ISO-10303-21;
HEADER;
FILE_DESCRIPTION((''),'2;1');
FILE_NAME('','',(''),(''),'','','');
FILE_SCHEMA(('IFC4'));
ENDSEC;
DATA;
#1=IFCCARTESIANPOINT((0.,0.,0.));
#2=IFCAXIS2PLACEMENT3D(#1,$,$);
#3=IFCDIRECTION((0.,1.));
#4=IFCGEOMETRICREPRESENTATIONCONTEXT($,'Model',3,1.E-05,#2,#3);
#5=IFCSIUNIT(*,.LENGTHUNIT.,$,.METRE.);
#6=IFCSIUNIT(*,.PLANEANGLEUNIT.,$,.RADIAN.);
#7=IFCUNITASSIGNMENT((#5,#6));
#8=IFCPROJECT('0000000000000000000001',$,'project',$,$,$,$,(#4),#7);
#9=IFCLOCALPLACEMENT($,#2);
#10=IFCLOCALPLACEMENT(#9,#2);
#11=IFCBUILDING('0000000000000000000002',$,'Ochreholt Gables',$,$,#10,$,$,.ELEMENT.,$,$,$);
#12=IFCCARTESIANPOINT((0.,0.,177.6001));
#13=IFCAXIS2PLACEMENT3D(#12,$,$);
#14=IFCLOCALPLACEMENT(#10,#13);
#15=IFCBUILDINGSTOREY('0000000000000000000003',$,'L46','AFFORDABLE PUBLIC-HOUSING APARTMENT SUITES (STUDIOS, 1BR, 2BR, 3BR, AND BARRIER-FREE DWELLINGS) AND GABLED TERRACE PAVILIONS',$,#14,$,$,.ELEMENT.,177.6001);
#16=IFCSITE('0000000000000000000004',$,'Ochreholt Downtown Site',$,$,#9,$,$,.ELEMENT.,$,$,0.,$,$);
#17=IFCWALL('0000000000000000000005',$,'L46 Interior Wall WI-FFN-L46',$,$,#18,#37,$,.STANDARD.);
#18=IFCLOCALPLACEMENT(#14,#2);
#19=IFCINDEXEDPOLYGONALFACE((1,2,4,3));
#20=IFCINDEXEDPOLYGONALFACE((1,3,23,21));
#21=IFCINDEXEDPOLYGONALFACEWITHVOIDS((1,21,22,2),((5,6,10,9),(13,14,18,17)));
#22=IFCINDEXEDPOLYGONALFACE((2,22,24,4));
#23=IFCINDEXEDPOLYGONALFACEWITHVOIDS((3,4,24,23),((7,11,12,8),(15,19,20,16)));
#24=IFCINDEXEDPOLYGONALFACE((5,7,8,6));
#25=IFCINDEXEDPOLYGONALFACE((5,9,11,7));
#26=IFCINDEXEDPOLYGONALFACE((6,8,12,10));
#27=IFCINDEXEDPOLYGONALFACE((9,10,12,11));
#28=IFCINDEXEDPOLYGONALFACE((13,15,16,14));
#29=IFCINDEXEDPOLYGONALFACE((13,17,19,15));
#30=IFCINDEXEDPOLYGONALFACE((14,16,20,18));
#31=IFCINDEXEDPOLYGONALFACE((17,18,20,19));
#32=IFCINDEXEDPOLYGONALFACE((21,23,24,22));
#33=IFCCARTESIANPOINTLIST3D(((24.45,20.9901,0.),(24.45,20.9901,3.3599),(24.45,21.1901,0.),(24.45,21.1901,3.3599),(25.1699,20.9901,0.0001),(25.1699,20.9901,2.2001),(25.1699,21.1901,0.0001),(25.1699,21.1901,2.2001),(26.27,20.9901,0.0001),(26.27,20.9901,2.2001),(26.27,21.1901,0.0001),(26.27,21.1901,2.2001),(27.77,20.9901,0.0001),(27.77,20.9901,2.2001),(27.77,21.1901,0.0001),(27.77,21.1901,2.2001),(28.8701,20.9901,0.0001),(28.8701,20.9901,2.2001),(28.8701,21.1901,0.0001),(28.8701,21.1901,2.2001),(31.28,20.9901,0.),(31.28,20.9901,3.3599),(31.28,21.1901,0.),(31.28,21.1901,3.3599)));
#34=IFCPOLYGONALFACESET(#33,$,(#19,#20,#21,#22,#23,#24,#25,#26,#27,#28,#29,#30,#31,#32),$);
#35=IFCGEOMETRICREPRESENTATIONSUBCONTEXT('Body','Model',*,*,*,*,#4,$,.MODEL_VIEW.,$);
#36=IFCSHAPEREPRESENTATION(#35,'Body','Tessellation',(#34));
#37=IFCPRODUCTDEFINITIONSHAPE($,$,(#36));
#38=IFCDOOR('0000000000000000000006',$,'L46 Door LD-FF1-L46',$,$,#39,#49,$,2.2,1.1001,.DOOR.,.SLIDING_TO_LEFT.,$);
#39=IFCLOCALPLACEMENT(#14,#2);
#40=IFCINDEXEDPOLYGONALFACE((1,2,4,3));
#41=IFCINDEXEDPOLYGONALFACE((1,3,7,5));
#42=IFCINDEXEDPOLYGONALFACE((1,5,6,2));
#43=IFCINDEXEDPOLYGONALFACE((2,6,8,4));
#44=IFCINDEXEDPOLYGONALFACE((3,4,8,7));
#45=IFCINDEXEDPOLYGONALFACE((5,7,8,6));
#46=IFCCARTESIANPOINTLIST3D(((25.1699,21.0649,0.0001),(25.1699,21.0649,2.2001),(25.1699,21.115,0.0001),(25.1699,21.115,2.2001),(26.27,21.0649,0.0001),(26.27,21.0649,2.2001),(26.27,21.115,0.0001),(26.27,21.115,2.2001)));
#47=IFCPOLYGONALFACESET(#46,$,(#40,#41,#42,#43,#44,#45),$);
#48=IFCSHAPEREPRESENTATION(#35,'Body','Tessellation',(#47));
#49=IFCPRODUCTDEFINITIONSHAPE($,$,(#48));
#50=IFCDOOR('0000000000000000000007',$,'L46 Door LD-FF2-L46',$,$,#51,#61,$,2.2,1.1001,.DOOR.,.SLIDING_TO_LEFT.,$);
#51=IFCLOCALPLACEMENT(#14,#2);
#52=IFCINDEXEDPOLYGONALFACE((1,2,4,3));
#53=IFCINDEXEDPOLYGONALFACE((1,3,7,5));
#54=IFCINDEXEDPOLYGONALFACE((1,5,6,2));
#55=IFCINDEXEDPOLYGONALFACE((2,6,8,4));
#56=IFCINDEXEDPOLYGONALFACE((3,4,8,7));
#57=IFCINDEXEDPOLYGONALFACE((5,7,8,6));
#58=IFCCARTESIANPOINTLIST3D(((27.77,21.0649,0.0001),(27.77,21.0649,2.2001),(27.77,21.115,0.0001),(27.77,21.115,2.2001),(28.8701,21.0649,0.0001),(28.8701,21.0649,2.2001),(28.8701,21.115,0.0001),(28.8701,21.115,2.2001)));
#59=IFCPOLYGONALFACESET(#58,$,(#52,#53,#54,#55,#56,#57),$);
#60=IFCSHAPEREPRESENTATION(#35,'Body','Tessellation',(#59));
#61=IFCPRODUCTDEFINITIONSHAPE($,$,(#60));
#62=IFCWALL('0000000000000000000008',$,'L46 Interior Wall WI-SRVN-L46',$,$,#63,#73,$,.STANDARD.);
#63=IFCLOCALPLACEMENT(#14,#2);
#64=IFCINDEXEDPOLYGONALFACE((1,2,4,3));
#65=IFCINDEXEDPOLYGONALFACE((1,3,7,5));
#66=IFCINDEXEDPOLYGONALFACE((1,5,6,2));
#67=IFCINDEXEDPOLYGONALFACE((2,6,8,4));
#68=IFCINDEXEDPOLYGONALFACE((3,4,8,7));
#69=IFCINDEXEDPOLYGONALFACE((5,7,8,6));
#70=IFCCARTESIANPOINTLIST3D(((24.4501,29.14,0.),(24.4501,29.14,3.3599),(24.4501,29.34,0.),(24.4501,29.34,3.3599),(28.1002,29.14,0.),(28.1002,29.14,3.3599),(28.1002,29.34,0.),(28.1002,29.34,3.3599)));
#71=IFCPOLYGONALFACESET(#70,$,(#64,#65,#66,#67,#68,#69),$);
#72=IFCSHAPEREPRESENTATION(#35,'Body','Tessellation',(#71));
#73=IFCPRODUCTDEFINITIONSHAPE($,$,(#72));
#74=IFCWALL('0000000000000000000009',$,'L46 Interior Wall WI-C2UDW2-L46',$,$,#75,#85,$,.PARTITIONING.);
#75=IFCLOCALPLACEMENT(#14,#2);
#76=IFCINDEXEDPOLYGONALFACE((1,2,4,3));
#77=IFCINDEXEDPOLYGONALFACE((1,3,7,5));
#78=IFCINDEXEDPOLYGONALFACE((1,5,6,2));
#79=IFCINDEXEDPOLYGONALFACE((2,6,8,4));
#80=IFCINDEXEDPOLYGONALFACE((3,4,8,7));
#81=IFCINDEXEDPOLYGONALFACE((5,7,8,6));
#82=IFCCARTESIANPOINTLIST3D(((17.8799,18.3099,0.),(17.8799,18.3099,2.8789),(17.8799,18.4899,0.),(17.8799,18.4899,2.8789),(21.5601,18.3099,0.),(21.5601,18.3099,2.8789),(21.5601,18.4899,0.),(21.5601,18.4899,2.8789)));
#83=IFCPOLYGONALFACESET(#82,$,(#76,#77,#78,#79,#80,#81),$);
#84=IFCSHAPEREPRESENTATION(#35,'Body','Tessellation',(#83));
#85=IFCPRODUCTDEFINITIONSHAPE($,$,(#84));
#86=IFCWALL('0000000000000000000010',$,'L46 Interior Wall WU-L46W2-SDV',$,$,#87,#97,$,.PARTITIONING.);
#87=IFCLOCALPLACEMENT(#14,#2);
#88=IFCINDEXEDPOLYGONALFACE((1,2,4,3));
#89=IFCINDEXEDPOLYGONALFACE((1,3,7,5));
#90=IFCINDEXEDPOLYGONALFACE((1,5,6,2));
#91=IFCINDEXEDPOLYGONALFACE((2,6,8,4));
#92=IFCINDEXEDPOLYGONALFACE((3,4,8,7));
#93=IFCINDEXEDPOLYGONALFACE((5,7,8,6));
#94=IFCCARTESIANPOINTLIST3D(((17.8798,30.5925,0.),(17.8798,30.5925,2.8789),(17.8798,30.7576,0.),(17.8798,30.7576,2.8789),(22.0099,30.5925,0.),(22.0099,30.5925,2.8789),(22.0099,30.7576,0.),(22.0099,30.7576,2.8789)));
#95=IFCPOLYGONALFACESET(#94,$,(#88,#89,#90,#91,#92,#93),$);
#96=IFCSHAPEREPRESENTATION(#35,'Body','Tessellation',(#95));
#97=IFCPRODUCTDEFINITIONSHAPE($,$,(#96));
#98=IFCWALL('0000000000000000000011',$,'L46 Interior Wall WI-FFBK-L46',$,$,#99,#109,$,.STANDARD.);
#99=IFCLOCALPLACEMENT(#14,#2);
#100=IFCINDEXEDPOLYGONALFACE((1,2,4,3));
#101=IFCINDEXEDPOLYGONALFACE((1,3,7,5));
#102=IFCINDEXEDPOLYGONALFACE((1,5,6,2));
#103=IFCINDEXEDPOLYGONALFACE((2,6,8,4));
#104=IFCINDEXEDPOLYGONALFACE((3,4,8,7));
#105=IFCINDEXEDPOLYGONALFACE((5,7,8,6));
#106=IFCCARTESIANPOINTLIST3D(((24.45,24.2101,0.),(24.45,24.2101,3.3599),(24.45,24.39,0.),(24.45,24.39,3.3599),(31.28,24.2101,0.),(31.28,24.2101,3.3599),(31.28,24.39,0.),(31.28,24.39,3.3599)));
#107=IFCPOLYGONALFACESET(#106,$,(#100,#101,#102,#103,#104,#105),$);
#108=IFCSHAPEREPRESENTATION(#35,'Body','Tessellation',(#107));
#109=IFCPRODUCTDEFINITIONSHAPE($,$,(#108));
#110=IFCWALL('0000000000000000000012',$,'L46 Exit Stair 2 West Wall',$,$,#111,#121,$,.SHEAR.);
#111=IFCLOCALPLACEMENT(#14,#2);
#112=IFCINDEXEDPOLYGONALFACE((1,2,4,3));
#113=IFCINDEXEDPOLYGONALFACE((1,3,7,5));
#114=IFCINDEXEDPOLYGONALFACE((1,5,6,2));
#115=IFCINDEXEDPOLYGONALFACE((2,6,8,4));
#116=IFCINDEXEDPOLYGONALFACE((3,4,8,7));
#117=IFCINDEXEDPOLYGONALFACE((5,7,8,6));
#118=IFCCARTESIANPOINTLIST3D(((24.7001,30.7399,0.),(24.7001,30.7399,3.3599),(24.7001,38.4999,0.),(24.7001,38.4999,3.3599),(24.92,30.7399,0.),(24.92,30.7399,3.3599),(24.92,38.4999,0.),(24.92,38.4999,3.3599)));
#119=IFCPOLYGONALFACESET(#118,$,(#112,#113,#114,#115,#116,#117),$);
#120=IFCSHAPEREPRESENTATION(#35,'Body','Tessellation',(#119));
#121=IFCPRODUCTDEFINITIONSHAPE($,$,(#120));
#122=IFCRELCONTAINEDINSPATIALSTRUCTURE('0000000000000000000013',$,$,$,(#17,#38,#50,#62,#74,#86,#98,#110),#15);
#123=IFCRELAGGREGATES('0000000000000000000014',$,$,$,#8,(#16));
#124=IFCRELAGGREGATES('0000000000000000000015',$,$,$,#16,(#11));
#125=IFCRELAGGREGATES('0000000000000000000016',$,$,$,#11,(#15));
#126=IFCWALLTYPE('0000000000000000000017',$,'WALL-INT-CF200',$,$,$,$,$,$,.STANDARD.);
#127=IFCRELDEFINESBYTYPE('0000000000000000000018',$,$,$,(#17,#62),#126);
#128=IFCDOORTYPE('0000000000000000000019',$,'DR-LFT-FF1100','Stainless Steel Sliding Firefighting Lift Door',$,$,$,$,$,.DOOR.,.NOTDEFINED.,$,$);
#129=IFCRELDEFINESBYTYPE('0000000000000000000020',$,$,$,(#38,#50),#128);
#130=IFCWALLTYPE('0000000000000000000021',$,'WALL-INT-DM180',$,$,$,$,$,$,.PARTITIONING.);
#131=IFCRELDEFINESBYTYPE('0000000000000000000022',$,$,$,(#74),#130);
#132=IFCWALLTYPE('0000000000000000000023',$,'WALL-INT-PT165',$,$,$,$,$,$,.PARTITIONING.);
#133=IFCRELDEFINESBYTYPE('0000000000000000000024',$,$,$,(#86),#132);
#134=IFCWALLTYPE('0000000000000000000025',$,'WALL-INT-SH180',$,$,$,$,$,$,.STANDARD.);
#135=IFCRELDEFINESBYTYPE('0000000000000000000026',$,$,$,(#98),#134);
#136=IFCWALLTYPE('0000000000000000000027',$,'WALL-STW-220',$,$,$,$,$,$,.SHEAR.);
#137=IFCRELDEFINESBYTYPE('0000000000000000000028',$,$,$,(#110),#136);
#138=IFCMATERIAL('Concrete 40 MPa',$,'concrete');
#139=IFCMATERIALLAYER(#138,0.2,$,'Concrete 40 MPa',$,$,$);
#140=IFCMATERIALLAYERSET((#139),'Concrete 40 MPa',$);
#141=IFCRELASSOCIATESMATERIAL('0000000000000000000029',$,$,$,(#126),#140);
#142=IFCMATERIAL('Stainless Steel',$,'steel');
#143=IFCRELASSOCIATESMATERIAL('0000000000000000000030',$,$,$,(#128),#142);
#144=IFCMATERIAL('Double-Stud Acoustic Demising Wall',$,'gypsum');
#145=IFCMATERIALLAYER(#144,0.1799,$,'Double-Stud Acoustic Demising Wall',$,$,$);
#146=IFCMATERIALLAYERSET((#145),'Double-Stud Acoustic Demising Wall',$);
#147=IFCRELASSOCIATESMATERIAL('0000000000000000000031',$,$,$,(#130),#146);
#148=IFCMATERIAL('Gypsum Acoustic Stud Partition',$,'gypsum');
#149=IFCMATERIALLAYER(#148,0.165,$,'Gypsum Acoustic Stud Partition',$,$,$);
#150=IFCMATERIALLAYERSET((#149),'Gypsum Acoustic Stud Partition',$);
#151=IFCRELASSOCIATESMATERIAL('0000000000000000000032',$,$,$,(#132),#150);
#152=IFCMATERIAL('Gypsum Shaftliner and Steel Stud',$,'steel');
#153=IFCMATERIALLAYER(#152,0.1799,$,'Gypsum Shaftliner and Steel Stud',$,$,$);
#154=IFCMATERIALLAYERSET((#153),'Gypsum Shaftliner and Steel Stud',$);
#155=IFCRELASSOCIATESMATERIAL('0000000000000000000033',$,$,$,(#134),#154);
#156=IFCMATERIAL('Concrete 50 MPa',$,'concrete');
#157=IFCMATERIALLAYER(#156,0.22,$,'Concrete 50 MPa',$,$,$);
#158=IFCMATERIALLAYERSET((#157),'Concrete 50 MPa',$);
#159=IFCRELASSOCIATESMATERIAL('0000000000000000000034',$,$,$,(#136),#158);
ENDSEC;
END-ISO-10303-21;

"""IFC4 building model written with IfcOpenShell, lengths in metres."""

from ifc_helpers import new_model, si_unit, direction, frame, frame_2d, origin, place, context, subcontext, project, spatial, rectangle, extrude, material, layer, layer_set, type_object, element, fill, save


model = new_model("IFC4")

# Units and contexts
model_context = context("Model", 3, precision=1e-05, world=origin(), true_north=direction((0.0, 1.0)))
body_context = subcontext(model_context, "Body", "Model", "MODEL_VIEW")
ifc_project = project(units=[si_unit("LENGTHUNIT", "METRE"), si_unit("PLANEANGLEUNIT", "RADIAN")], contexts=[model_context])

# Site, building, storey
site_placement = place(None, origin())
site = spatial("IfcSite", under=ifc_project, at=site_placement, Name="Ochreholt Downtown Site", CompositionType="ELEMENT", RefElevation=0.0)
building_placement = place(site_placement, origin())
building = spatial("IfcBuilding", under=site, at=building_placement, Name="Ochreholt Gables", CompositionType="ELEMENT")
storey_placement = place(building_placement, frame((0.0, 0.0, 177.6001)))
storey = spatial("IfcBuildingStorey", under=building, at=storey_placement, Name="L46", Description="AFFORDABLE PUBLIC-HOUSING APARTMENT SUITES (STUDIOS, 1BR, 2BR, 3BR, AND BARRIER-FREE DWELLINGS) AND GABLED TERRACE PAVILIONS", CompositionType="ELEMENT", Elevation=177.6001)

# Shared definitions
ifc_material_1 = material(Name="Concrete 50 MPa", Category="concrete")

# Wall, openings, doors
ifc_material_2 = material(Name="Concrete 40 MPa", Category="concrete")
ifc_layer_1 = layer(ifc_material_2, 0.2, Name="Concrete 40 MPa")
ifc_layer_set_1 = layer_set([ifc_layer_1], Name="Concrete 40 MPa")
wall_type_1 = type_object("IfcWallType", Name="WALL-INT-CF200", PredefinedType="STANDARD", material=ifc_layer_set_1)
wall_1_placement = place(storey_placement, frame((24.45, 21.0901, 0.0), z_axis=(0.0, 0.0, 1.0), x_axis=(1.0, 0.0, 0.0)))
wall_1 = element("IfcWall", 1, at=wall_1_placement, inside=storey, type_object=wall_type_1, Name="L46 Interior Wall WI-FFN-L46", PredefinedType="STANDARD", context=body_context, shape_type="SweptSolid", body=[
    extrude(rectangle(XDim=6.8301, YDim=0.2, at=frame_2d((3.415, 0.0))), origin(), (0.0, 0.0, 1.0), 3.3599),
])
opening_1_placement = place(wall_1_placement, frame((0.72, 0.0, 0.0)))
opening_1 = element("IfcOpeningElement", 2, at=opening_1_placement, cuts=wall_1, PredefinedType="OPENING", context=body_context, shape_type="SweptSolid", body=[
    extrude(rectangle(XDim=1.1001, YDim=2.2, at=frame_2d((0.55, 1.1001))), frame((0.0, 0.1099, 0.0), z_axis=(0.0, -1.0, 0.0), x_axis=(1.0, 0.0, 0.0)), (0.0, 0.0, 1.0), 0.22),
])
opening_2_placement = place(wall_1_placement, frame((3.3201, 0.0, 0.0)))
opening_2 = element("IfcOpeningElement", 3, at=opening_2_placement, cuts=wall_1, PredefinedType="OPENING", context=body_context, shape_type="SweptSolid", body=[
    extrude(rectangle(XDim=1.1001, YDim=2.2, at=frame_2d((0.55, 1.1001))), frame((0.0, 0.1099, 0.0), z_axis=(0.0, -1.0, 0.0), x_axis=(1.0, 0.0, 0.0)), (0.0, 0.0, 1.0), 0.22),
])
ifc_material_3 = material(Name="Stainless Steel", Category="steel")
door_type = type_object("IfcDoorType", Name="DR-LFT-FF1100", Description="Stainless Steel Sliding Firefighting Lift Door", OperationType="NOTDEFINED", PredefinedType="DOOR", material=ifc_material_3)
door_1_placement = place(opening_1_placement, origin())
door_1 = element("IfcDoor", 4, at=door_1_placement, inside=storey, type_object=door_type, Name="L46 Door LD-FF1-L46", OperationType="SLIDING_TO_LEFT", OverallHeight=2.2, OverallWidth=1.1001, PredefinedType="DOOR", context=body_context, shape_type="SweptSolid", body=[
    extrude(rectangle(XDim=1.1001, YDim=2.2, at=frame_2d((0.55, 1.1001))), frame((0.0, 0.0249, 0.0), z_axis=(0.0, -1.0, 0.0), x_axis=(1.0, 0.0, 0.0)), (0.0, 0.0, 1.0), 0.05),
])
fill(opening_1, door_1)
door_2_placement = place(opening_2_placement, origin())
door_2 = element("IfcDoor", 5, at=door_2_placement, inside=storey, type_object=door_type, Name="L46 Door LD-FF2-L46", OperationType="SLIDING_TO_LEFT", OverallHeight=2.2, OverallWidth=1.1001, PredefinedType="DOOR", context=body_context, shape_type="SweptSolid", body=[
    extrude(rectangle(XDim=1.1001, YDim=2.2, at=frame_2d((0.55, 1.1001))), frame((0.0, 0.0249, 0.0), z_axis=(0.0, -1.0, 0.0), x_axis=(1.0, 0.0, 0.0)), (0.0, 0.0, 1.0), 0.05),
])
fill(opening_2, door_2)

# Walls
wall_2_placement = place(storey_placement, frame((24.45, 29.24, 0.0), z_axis=(0.0, 0.0, 1.0), x_axis=(1.0, 0.0, 0.0)))
element("IfcWall", 6, at=wall_2_placement, inside=storey, type_object=wall_type_1, Name="L46 Interior Wall WI-SRVN-L46", PredefinedType="STANDARD", context=body_context, shape_type="SweptSolid", body=[
    extrude(rectangle(XDim=3.6501, YDim=0.2, at=frame_2d((1.8252, 0.0))), origin(), (0.0, 0.0, 1.0), 3.3599),
])
ifc_material_4 = material(Name="Double-Stud Acoustic Demising Wall", Category="gypsum")
ifc_layer_2 = layer(ifc_material_4, 0.1799, Name="Double-Stud Acoustic Demising Wall")
ifc_layer_set_2 = layer_set([ifc_layer_2], Name="Double-Stud Acoustic Demising Wall")
wall_type_2 = type_object("IfcWallType", Name="WALL-INT-DM180", PredefinedType="PARTITIONING", material=ifc_layer_set_2)
wall_3_placement = place(storey_placement, frame((17.8799, 18.3999, 0.0), z_axis=(0.0, 0.0, 1.0), x_axis=(1.0, 0.0, 0.0)))
element("IfcWall", 7, at=wall_3_placement, inside=storey, type_object=wall_type_2, Name="L46 Interior Wall WI-C2UDW2-L46", PredefinedType="PARTITIONING", context=body_context, shape_type="SweptSolid", body=[
    extrude(rectangle(XDim=3.6802, YDim=0.1799, at=frame_2d((1.8401, 0.0))), origin(), (0.0, 0.0, 1.0), 2.8789),
])
ifc_material_5 = material(Name="Gypsum Acoustic Stud Partition", Category="gypsum")
ifc_layer_3 = layer(ifc_material_5, 0.165, Name="Gypsum Acoustic Stud Partition")
ifc_layer_set_3 = layer_set([ifc_layer_3], Name="Gypsum Acoustic Stud Partition")
wall_type_3 = type_object("IfcWallType", Name="WALL-INT-PT165", PredefinedType="PARTITIONING", material=ifc_layer_set_3)
wall_4_placement = place(storey_placement, frame((17.8799, 30.675, 0.0), z_axis=(0.0, 0.0, 1.0), x_axis=(1.0, 0.0, 0.0)))
element("IfcWall", 8, at=wall_4_placement, inside=storey, type_object=wall_type_3, Name="L46 Interior Wall WU-L46W2-SDV", PredefinedType="PARTITIONING", context=body_context, shape_type="SweptSolid", body=[
    extrude(rectangle(XDim=4.1301, YDim=0.165, at=frame_2d((2.0649, 0.0))), origin(), (0.0, 0.0, 1.0), 2.8789),
])
ifc_material_6 = material(Name="Gypsum Shaftliner and Steel Stud", Category="steel")
ifc_layer_4 = layer(ifc_material_6, 0.1799, Name="Gypsum Shaftliner and Steel Stud")
ifc_layer_set_4 = layer_set([ifc_layer_4], Name="Gypsum Shaftliner and Steel Stud")
wall_type_4 = type_object("IfcWallType", Name="WALL-INT-SH180", PredefinedType="STANDARD", material=ifc_layer_set_4)
wall_5_placement = place(storey_placement, frame((24.45, 24.3, 0.0), z_axis=(0.0, 0.0, 1.0), x_axis=(1.0, 0.0, 0.0)))
element("IfcWall", 9, at=wall_5_placement, inside=storey, type_object=wall_type_4, Name="L46 Interior Wall WI-FFBK-L46", PredefinedType="STANDARD", context=body_context, shape_type="SweptSolid", body=[
    extrude(rectangle(XDim=6.8301, YDim=0.1799, at=frame_2d((3.415, 0.0))), origin(), (0.0, 0.0, 1.0), 3.3599),
])
ifc_layer_5 = layer(ifc_material_1, 0.22, Name="Concrete 50 MPa")
ifc_layer_set_5 = layer_set([ifc_layer_5], Name="Concrete 50 MPa")
wall_type_5 = type_object("IfcWallType", Name="WALL-STW-220", PredefinedType="SHEAR", material=ifc_layer_set_5)
wall_6_placement = place(storey_placement, frame((24.8101, 30.74, 0.0), z_axis=(0.0, 0.0, 1.0), x_axis=(0.0, 1.0, 0.0)))
element("IfcWall", 10, at=wall_6_placement, inside=storey, type_object=wall_type_5, Name="L46 Exit Stair 2 West Wall", PredefinedType="SHEAR", context=body_context, shape_type="SweptSolid", body=[
    extrude(rectangle(XDim=7.76, YDim=0.22, at=frame_2d((3.8799, 0.0))), origin(), (0.0, 0.0, 1.0), 3.3599),
])

save(model, "model.ifc")
